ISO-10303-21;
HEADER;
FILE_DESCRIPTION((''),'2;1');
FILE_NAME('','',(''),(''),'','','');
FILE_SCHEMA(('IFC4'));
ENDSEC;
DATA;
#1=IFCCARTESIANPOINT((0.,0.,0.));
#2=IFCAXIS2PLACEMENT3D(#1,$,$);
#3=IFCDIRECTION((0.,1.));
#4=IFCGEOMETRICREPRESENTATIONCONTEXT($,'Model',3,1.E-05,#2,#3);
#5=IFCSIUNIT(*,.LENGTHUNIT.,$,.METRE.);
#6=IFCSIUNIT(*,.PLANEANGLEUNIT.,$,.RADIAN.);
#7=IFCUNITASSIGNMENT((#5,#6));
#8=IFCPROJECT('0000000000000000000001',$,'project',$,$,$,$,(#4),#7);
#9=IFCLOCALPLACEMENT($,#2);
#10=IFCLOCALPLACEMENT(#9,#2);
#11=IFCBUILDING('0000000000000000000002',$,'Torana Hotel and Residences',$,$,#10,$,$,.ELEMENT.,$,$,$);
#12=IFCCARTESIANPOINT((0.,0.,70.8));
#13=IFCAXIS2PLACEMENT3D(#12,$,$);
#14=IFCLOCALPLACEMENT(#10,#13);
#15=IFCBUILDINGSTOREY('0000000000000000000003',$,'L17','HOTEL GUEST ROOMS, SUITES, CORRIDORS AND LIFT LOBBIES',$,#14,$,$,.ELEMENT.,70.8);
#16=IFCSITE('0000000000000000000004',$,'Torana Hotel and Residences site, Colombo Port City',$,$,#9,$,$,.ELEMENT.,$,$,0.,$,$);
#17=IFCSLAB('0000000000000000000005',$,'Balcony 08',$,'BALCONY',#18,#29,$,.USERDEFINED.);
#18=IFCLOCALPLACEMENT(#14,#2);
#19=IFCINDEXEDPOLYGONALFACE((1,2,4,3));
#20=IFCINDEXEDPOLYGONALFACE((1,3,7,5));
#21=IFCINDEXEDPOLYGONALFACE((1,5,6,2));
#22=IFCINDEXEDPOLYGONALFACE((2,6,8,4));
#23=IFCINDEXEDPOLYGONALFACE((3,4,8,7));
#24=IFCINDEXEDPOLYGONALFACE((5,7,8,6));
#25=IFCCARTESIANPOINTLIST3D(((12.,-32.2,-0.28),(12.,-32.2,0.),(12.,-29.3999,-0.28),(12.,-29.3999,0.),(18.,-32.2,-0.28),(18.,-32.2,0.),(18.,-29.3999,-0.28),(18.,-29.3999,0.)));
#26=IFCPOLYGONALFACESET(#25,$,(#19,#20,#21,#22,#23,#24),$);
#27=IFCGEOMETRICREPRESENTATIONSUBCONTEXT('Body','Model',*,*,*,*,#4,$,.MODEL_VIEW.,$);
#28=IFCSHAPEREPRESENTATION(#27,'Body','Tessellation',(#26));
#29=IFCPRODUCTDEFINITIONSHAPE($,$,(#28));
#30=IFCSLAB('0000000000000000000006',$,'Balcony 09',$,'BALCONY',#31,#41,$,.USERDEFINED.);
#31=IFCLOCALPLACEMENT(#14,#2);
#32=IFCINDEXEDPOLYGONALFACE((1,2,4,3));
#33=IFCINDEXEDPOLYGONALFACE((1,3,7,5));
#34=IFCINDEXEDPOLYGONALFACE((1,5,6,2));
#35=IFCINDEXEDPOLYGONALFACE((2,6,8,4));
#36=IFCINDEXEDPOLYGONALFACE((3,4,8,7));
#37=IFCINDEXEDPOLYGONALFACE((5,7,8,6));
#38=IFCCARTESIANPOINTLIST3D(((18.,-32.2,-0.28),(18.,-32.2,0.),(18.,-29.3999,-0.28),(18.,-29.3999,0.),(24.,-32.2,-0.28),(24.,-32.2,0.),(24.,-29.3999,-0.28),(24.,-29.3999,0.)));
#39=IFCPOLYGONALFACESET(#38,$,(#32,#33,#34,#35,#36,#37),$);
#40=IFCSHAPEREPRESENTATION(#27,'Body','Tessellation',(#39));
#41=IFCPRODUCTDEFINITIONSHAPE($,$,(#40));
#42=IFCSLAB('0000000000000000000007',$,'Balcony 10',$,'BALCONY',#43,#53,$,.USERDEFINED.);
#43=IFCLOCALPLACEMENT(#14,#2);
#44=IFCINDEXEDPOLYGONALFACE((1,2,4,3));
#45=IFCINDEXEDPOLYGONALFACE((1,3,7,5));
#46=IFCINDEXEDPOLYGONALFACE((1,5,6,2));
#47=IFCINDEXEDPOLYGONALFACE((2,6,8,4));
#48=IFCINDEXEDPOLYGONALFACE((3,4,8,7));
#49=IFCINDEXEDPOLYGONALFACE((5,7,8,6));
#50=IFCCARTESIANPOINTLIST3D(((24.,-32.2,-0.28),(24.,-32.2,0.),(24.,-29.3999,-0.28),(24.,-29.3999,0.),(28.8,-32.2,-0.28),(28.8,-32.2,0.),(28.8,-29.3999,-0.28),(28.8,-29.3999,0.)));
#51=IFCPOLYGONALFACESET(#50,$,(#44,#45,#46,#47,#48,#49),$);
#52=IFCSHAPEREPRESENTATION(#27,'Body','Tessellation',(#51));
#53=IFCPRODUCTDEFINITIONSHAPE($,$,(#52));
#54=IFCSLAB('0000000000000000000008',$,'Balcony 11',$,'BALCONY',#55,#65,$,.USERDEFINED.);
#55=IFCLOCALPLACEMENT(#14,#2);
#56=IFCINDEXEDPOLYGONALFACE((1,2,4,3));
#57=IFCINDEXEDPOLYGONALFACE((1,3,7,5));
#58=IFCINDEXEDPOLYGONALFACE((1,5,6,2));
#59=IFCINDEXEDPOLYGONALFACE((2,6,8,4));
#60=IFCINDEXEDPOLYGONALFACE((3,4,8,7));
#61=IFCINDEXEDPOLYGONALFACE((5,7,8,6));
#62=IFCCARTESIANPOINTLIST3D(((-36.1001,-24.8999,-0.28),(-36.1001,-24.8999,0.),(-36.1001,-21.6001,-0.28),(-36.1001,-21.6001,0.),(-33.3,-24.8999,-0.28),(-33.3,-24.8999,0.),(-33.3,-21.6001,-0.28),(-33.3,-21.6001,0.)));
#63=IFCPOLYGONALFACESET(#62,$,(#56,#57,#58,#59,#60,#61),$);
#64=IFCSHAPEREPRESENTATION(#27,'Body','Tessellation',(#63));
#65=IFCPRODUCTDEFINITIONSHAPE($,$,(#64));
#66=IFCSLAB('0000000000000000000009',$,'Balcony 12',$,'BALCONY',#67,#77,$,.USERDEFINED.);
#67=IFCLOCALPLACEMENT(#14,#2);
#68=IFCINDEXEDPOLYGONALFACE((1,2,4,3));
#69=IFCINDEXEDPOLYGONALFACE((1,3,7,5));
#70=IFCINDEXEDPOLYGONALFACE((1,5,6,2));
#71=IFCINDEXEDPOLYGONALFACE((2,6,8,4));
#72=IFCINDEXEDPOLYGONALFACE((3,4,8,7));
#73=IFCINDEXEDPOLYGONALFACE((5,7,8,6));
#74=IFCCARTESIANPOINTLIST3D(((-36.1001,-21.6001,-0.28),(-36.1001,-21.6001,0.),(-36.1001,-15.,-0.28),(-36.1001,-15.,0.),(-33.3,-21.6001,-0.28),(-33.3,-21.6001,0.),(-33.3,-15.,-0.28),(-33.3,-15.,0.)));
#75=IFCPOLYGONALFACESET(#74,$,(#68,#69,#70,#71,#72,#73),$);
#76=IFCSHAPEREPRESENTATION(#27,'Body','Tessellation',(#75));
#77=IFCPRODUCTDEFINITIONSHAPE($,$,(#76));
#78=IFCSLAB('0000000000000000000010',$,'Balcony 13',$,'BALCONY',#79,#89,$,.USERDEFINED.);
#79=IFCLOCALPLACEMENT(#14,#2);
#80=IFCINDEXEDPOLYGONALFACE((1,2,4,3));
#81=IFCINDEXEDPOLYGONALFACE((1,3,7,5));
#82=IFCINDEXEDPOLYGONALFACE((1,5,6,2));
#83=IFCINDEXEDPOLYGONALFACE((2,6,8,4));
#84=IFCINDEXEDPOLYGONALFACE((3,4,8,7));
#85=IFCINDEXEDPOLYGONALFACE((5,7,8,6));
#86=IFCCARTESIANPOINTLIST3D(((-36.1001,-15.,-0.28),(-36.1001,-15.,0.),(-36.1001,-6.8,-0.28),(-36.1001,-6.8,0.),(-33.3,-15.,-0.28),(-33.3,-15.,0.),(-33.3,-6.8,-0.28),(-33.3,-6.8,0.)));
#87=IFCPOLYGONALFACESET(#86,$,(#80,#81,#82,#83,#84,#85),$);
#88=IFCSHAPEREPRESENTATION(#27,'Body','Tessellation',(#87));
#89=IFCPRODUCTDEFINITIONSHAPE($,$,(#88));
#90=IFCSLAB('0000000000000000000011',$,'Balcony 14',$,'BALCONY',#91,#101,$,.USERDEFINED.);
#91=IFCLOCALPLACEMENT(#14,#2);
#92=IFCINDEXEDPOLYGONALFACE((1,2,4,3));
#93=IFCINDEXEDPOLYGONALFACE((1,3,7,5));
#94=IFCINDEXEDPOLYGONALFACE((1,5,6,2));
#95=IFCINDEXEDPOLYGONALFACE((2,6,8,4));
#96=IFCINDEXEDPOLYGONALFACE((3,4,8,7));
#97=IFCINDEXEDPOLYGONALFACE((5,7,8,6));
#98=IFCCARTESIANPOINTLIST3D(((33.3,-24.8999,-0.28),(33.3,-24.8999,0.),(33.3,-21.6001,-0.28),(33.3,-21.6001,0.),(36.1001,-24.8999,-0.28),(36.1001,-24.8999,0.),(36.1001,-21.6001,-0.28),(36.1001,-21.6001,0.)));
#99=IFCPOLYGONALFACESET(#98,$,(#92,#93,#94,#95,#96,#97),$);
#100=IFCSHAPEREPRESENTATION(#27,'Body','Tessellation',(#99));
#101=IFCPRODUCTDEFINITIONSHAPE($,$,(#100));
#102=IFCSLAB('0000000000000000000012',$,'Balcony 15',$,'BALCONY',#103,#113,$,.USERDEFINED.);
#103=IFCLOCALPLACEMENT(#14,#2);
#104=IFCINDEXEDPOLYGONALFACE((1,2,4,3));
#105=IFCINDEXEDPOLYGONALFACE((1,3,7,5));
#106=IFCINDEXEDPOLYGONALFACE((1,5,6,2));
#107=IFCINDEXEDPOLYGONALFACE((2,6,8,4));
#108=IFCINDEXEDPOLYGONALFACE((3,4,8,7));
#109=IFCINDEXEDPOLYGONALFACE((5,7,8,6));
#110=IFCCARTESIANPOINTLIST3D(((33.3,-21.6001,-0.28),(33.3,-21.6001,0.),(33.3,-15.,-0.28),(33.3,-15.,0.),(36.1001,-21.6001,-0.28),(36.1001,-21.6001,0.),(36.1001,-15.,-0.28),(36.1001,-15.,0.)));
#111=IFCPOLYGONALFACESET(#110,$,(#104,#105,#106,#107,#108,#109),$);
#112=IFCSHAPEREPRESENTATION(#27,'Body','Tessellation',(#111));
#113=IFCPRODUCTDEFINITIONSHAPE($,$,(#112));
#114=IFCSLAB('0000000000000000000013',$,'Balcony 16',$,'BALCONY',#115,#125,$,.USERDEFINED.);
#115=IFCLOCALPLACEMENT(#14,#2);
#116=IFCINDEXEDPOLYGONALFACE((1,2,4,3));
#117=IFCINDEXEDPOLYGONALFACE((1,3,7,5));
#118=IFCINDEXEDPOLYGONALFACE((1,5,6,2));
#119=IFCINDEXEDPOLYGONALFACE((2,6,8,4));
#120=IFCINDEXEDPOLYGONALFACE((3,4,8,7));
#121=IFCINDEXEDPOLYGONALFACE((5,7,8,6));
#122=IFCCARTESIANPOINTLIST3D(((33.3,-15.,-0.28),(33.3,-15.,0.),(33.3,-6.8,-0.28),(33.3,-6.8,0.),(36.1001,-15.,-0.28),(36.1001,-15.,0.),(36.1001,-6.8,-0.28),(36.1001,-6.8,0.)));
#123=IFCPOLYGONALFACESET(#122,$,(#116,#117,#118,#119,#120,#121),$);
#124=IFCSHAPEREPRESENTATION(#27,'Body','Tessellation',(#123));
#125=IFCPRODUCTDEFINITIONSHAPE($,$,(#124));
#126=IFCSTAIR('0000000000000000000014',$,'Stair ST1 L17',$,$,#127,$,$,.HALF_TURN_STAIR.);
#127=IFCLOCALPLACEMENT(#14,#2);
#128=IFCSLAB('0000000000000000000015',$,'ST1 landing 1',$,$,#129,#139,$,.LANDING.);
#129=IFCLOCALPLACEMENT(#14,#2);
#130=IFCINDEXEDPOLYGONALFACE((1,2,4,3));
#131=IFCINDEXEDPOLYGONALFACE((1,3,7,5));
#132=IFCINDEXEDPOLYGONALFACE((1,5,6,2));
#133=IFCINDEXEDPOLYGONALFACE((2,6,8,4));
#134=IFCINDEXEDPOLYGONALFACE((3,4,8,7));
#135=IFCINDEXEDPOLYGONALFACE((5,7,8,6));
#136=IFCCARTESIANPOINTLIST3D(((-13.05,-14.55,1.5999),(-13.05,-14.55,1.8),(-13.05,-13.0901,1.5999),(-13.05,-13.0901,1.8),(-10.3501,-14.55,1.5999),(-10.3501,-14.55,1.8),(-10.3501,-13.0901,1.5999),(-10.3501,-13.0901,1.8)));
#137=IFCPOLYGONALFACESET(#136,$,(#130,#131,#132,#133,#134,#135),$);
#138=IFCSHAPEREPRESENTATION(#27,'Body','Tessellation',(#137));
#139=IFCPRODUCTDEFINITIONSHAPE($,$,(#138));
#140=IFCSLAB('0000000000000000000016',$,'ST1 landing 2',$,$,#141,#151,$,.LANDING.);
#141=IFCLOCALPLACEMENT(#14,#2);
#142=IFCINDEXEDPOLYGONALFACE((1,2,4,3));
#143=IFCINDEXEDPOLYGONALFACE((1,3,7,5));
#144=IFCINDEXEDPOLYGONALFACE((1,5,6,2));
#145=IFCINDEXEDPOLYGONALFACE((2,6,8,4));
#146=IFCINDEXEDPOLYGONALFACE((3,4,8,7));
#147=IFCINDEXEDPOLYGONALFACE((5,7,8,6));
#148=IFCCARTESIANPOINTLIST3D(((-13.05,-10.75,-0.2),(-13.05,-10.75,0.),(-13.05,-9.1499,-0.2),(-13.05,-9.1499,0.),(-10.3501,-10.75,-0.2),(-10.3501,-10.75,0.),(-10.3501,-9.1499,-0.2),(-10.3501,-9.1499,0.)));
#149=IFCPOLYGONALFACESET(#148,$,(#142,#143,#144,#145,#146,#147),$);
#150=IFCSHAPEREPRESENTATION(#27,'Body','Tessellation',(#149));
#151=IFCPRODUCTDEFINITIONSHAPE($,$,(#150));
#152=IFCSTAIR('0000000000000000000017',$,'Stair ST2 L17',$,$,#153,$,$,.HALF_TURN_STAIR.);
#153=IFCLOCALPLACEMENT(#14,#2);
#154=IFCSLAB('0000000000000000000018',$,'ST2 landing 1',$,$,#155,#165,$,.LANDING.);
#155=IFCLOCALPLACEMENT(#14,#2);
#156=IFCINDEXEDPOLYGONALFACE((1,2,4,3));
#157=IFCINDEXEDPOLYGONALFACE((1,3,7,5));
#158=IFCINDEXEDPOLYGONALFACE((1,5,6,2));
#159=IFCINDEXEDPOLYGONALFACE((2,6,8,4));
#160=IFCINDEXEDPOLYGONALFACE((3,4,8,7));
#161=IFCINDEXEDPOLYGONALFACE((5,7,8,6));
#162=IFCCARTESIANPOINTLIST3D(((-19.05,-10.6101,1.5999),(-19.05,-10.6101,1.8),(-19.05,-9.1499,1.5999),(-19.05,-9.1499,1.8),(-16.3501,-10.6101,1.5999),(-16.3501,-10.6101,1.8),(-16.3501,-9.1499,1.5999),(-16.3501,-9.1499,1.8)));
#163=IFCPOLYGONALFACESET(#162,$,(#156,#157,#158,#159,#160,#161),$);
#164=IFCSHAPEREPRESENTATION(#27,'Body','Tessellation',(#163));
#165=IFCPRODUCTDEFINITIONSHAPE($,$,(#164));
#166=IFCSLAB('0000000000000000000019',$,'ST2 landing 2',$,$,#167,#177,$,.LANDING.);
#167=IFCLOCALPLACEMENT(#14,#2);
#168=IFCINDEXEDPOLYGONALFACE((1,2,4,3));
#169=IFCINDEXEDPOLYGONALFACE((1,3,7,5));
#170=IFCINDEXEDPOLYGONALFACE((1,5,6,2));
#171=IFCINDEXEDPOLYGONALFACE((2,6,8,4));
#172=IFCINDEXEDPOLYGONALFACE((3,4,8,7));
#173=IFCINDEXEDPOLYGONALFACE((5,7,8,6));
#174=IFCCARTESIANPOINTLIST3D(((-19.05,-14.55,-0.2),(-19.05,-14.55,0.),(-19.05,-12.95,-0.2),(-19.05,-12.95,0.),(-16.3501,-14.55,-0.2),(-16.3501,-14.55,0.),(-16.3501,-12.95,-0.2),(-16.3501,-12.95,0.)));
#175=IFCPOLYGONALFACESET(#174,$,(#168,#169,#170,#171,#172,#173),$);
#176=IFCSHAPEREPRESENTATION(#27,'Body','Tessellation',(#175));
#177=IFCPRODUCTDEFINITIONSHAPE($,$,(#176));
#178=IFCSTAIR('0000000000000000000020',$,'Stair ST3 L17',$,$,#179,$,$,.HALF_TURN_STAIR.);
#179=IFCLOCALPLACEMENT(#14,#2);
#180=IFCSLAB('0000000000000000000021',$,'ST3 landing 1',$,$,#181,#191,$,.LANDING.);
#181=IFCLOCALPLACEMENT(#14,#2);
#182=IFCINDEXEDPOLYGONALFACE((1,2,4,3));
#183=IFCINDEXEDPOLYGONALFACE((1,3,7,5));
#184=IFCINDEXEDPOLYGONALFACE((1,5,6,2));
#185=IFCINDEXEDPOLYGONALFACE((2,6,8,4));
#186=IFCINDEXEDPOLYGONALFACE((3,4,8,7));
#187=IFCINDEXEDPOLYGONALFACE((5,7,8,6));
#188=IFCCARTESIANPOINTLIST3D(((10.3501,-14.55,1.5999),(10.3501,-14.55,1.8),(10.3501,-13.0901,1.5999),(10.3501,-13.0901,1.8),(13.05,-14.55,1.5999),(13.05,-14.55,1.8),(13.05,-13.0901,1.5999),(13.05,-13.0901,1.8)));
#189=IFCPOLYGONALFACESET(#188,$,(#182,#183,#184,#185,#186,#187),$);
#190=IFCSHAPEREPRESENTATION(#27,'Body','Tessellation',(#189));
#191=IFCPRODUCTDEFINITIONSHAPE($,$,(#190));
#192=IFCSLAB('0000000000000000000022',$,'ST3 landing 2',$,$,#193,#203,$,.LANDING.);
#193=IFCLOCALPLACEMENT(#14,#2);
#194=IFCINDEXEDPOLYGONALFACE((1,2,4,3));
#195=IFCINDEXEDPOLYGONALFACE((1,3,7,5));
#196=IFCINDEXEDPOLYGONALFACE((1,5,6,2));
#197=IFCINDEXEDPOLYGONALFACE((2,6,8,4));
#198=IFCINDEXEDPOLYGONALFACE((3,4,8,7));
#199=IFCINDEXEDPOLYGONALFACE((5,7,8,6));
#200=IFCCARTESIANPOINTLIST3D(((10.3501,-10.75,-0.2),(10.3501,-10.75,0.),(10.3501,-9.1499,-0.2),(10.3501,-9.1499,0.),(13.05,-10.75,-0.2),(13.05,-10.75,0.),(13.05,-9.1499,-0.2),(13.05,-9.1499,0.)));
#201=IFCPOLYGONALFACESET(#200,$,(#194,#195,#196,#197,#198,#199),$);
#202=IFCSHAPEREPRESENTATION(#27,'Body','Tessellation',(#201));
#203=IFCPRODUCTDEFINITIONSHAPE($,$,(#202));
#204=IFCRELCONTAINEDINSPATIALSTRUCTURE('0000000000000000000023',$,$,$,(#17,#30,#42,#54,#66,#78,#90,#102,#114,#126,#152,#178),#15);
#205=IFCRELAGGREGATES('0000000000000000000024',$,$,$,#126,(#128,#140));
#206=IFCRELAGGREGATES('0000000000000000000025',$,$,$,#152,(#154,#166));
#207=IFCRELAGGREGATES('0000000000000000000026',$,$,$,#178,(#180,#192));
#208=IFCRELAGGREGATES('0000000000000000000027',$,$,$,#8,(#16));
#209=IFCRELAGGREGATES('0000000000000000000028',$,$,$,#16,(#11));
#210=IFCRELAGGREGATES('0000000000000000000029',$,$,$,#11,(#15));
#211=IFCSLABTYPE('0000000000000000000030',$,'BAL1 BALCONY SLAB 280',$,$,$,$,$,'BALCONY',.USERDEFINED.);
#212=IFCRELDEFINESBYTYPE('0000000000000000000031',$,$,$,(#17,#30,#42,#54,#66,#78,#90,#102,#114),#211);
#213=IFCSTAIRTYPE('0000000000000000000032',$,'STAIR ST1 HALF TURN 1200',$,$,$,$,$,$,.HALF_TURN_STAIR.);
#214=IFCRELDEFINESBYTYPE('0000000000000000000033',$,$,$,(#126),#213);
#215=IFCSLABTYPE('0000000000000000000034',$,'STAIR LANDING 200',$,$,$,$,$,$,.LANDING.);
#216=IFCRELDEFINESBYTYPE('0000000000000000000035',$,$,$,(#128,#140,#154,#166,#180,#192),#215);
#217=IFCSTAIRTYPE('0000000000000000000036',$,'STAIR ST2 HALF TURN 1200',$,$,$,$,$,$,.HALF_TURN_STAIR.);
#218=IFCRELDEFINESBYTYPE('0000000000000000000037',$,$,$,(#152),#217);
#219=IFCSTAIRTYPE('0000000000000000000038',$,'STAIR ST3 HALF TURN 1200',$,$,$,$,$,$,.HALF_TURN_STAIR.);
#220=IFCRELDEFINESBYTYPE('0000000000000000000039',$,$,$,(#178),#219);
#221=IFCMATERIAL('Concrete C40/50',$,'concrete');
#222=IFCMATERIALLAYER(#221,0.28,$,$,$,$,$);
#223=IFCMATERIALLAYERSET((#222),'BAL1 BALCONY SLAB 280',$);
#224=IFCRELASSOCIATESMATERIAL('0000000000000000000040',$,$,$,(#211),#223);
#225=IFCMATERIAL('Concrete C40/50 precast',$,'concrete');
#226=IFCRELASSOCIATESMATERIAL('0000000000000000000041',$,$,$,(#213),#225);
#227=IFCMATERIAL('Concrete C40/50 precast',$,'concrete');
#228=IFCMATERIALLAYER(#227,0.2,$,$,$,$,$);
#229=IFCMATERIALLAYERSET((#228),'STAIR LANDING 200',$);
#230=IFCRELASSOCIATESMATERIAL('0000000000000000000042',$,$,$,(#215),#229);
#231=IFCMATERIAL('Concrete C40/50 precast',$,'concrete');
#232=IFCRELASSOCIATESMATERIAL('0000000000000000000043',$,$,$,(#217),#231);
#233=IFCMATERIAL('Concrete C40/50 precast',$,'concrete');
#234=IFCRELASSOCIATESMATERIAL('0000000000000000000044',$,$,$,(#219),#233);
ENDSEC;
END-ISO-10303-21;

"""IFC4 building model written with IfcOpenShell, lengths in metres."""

from ifc_helpers import new_model, si_unit, direction, frame, origin, place, context, subcontext, project, spatial, polyline, outline, extrude, material, layer, layer_set, type_object, element, aggregate, save


model = new_model("IFC4")

# Units and contexts
model_context = context("Model", 3, precision=1e-05, world=origin(), true_north=direction((0.0, 1.0)))
body_context = subcontext(model_context, "Body", "Model", "MODEL_VIEW")
ifc_project = project(units=[si_unit("LENGTHUNIT", "METRE"), si_unit("PLANEANGLEUNIT", "RADIAN")], contexts=[model_context])

# Site, building, storey
site_placement = place(None, origin())
site = spatial("IfcSite", under=ifc_project, at=site_placement, Name="Torana Hotel and Residences site, Colombo Port City", CompositionType="ELEMENT", RefElevation=0.0)
building_placement = place(site_placement, origin())
building = spatial("IfcBuilding", under=site, at=building_placement, Name="Torana Hotel and Residences", CompositionType="ELEMENT")
storey_placement = place(building_placement, frame((0.0, 0.0, 70.8)))
storey = spatial("IfcBuildingStorey", under=building, at=storey_placement, Name="L17", Description="HOTEL GUEST ROOMS, SUITES, CORRIDORS AND LIFT LOBBIES", CompositionType="ELEMENT", Elevation=70.8)

# Slabs
ifc_material_1 = material(Name="Concrete C40/50", Category="concrete")
ifc_layer_1 = layer(ifc_material_1, 0.28)
ifc_layer_set_1 = layer_set([ifc_layer_1], Name="BAL1 BALCONY SLAB 280")
slab_type_1 = type_object("IfcSlabType", Name="BAL1 BALCONY SLAB 280", ElementType="BALCONY", PredefinedType="USERDEFINED", material=ifc_layer_set_1)
slab_1_placement = place(storey_placement, frame((0.0, 0.0, -0.28)))
element("IfcSlab", 1, at=slab_1_placement, inside=storey, type_object=slab_type_1, Name="Balcony 08", ObjectType="BALCONY", PredefinedType="USERDEFINED", context=body_context, shape_type="SweptSolid", body=[
    extrude(outline(polyline([(12.0, -32.2), (18.0, -32.2), (18.0, -29.3999), (12.0, -29.3999), (12.0, -32.2)])), origin(), (0.0, 0.0, 1.0), 0.28),
])
slab_2_placement = place(storey_placement, frame((0.0, 0.0, -0.28)))
element("IfcSlab", 2, at=slab_2_placement, inside=storey, type_object=slab_type_1, Name="Balcony 09", ObjectType="BALCONY", PredefinedType="USERDEFINED", context=body_context, shape_type="SweptSolid", body=[
    extrude(outline(polyline([(18.0, -32.2), (24.0, -32.2), (24.0, -29.3999), (18.0, -29.3999), (18.0, -32.2)])), origin(), (0.0, 0.0, 1.0), 0.28),
])
slab_3_placement = place(storey_placement, frame((0.0, 0.0, -0.28)))
element("IfcSlab", 3, at=slab_3_placement, inside=storey, type_object=slab_type_1, Name="Balcony 10", ObjectType="BALCONY", PredefinedType="USERDEFINED", context=body_context, shape_type="SweptSolid", body=[
    extrude(outline(polyline([(24.0, -32.2), (28.8, -32.2), (28.8, -29.3999), (24.0, -29.3999), (24.0, -32.2)])), origin(), (0.0, 0.0, 1.0), 0.28),
])
slab_4_placement = place(storey_placement, frame((0.0, 0.0, -0.28)))
element("IfcSlab", 4, at=slab_4_placement, inside=storey, type_object=slab_type_1, Name="Balcony 11", ObjectType="BALCONY", PredefinedType="USERDEFINED", context=body_context, shape_type="SweptSolid", body=[
    extrude(outline(polyline([(-36.1001, -24.8999), (-33.3, -24.8999), (-33.3, -21.6001), (-36.1001, -21.6001), (-36.1001, -24.8999)])), origin(), (0.0, 0.0, 1.0), 0.28),
])
slab_5_placement = place(storey_placement, frame((0.0, 0.0, -0.28)))
element("IfcSlab", 5, at=slab_5_placement, inside=storey, type_object=slab_type_1, Name="Balcony 12", ObjectType="BALCONY", PredefinedType="USERDEFINED", context=body_context, shape_type="SweptSolid", body=[
    extrude(outline(polyline([(-36.1001, -21.6001), (-33.3, -21.6001), (-33.3, -15.0), (-36.1001, -15.0), (-36.1001, -21.6001)])), origin(), (0.0, 0.0, 1.0), 0.28),
])
slab_6_placement = place(storey_placement, frame((0.0, 0.0, -0.28)))
element("IfcSlab", 6, at=slab_6_placement, inside=storey, type_object=slab_type_1, Name="Balcony 13", ObjectType="BALCONY", PredefinedType="USERDEFINED", context=body_context, shape_type="SweptSolid", body=[
    extrude(outline(polyline([(-36.1001, -15.0), (-33.3, -15.0), (-33.3, -6.8), (-36.1001, -6.8), (-36.1001, -15.0)])), origin(), (0.0, 0.0, 1.0), 0.28),
])
slab_7_placement = place(storey_placement, frame((0.0, 0.0, -0.28)))
element("IfcSlab", 7, at=slab_7_placement, inside=storey, type_object=slab_type_1, Name="Balcony 14", ObjectType="BALCONY", PredefinedType="USERDEFINED", context=body_context, shape_type="SweptSolid", body=[
    extrude(outline(polyline([(33.3, -24.8999), (36.1001, -24.8999), (36.1001, -21.6001), (33.3, -21.6001), (33.3, -24.8999)])), origin(), (0.0, 0.0, 1.0), 0.28),
])
slab_8_placement = place(storey_placement, frame((0.0, 0.0, -0.28)))
element("IfcSlab", 8, at=slab_8_placement, inside=storey, type_object=slab_type_1, Name="Balcony 15", ObjectType="BALCONY", PredefinedType="USERDEFINED", context=body_context, shape_type="SweptSolid", body=[
    extrude(outline(polyline([(33.3, -21.6001), (36.1001, -21.6001), (36.1001, -15.0), (33.3, -15.0), (33.3, -21.6001)])), origin(), (0.0, 0.0, 1.0), 0.28),
])
slab_9_placement = place(storey_placement, frame((0.0, 0.0, -0.28)))
element("IfcSlab", 9, at=slab_9_placement, inside=storey, type_object=slab_type_1, Name="Balcony 16", ObjectType="BALCONY", PredefinedType="USERDEFINED", context=body_context, shape_type="SweptSolid", body=[
    extrude(outline(polyline([(33.3, -15.0), (36.1001, -15.0), (36.1001, -6.8), (33.3, -6.8), (33.3, -15.0)])), origin(), (0.0, 0.0, 1.0), 0.28),
])

# Stairs, slabs
ifc_material_2 = material(Name="Concrete C40/50 precast", Category="concrete")
stair_type_1 = type_object("IfcStairType", Name="STAIR ST1 HALF TURN 1200", PredefinedType="HALF_TURN_STAIR", material=ifc_material_2)
stair_1_placement = place(storey_placement, origin())
stair_1 = element("IfcStair", 10, at=stair_1_placement, inside=storey, type_object=stair_type_1, Name="Stair ST1 L17", PredefinedType="HALF_TURN_STAIR")
ifc_material_3 = material(Name="Concrete C40/50 precast", Category="concrete")
ifc_layer_2 = layer(ifc_material_3, 0.2)
ifc_layer_set_2 = layer_set([ifc_layer_2], Name="STAIR LANDING 200")
slab_type_2 = type_object("IfcSlabType", Name="STAIR LANDING 200", PredefinedType="LANDING", material=ifc_layer_set_2)
slab_10_placement = place(storey_placement, frame((0.0, 0.0, 1.5999)))
slab_10 = element("IfcSlab", 11, at=slab_10_placement, type_object=slab_type_2, Name="ST1 landing 1", PredefinedType="LANDING", context=body_context, shape_type="SweptSolid", body=[
    extrude(outline(polyline([(-13.05, -14.55), (-10.3501, -14.55), (-10.3501, -13.0901), (-13.05, -13.0901), (-13.05, -14.55)])), origin(), (0.0, 0.0, 1.0), 0.2002),
])
slab_11_placement = place(storey_placement, frame((0.0, 0.0, -0.2)))
slab_11 = element("IfcSlab", 12, at=slab_11_placement, type_object=slab_type_2, Name="ST1 landing 2", PredefinedType="LANDING", context=body_context, shape_type="SweptSolid", body=[
    extrude(outline(polyline([(-13.05, -10.75), (-10.3501, -10.75), (-10.3501, -9.1499), (-13.05, -9.1499), (-13.05, -10.75)])), origin(), (0.0, 0.0, 1.0), 0.2),
])
aggregate(stair_1, [slab_10, slab_11])
ifc_material_4 = material(Name="Concrete C40/50 precast", Category="concrete")
stair_type_2 = type_object("IfcStairType", Name="STAIR ST2 HALF TURN 1200", PredefinedType="HALF_TURN_STAIR", material=ifc_material_4)
stair_2_placement = place(storey_placement, origin())
stair_2 = element("IfcStair", 13, at=stair_2_placement, inside=storey, type_object=stair_type_2, Name="Stair ST2 L17", PredefinedType="HALF_TURN_STAIR")
slab_12_placement = place(storey_placement, frame((0.0, 0.0, 1.5999)))
slab_12 = element("IfcSlab", 14, at=slab_12_placement, type_object=slab_type_2, Name="ST2 landing 1", PredefinedType="LANDING", context=body_context, shape_type="SweptSolid", body=[
    extrude(outline(polyline([(-19.05, -10.6101), (-16.3501, -10.6101), (-16.3501, -9.1499), (-19.05, -9.1499), (-19.05, -10.6101)])), origin(), (0.0, 0.0, 1.0), 0.2002),
])
slab_13_placement = place(storey_placement, frame((0.0, 0.0, -0.2)))
slab_13 = element("IfcSlab", 15, at=slab_13_placement, type_object=slab_type_2, Name="ST2 landing 2", PredefinedType="LANDING", context=body_context, shape_type="SweptSolid", body=[
    extrude(outline(polyline([(-19.05, -14.55), (-16.3501, -14.55), (-16.3501, -12.95), (-19.05, -12.95), (-19.05, -14.55)])), origin(), (0.0, 0.0, 1.0), 0.2),
])
aggregate(stair_2, [slab_12, slab_13])
ifc_material_5 = material(Name="Concrete C40/50 precast", Category="concrete")
stair_type_3 = type_object("IfcStairType", Name="STAIR ST3 HALF TURN 1200", PredefinedType="HALF_TURN_STAIR", material=ifc_material_5)
stair_3_placement = place(storey_placement, origin())
stair_3 = element("IfcStair", 16, at=stair_3_placement, inside=storey, type_object=stair_type_3, Name="Stair ST3 L17", PredefinedType="HALF_TURN_STAIR")
slab_14_placement = place(storey_placement, frame((0.0, 0.0, 1.5999)))
slab_14 = element("IfcSlab", 17, at=slab_14_placement, type_object=slab_type_2, Name="ST3 landing 1", PredefinedType="LANDING", context=body_context, shape_type="SweptSolid", body=[
    extrude(outline(polyline([(10.3501, -14.55), (13.05, -14.55), (13.05, -13.0901), (10.3501, -13.0901), (10.3501, -14.55)])), origin(), (0.0, 0.0, 1.0), 0.2002),
])
slab_15_placement = place(storey_placement, frame((0.0, 0.0, -0.2)))
slab_15 = element("IfcSlab", 18, at=slab_15_placement, type_object=slab_type_2, Name="ST3 landing 2", PredefinedType="LANDING", context=body_context, shape_type="SweptSolid", body=[
    extrude(outline(polyline([(10.3501, -10.75), (13.05, -10.75), (13.05, -9.1499), (10.3501, -9.1499), (10.3501, -10.75)])), origin(), (0.0, 0.0, 1.0), 0.2),
])
aggregate(stair_3, [slab_14, slab_15])

save(model, "model.ifc")
